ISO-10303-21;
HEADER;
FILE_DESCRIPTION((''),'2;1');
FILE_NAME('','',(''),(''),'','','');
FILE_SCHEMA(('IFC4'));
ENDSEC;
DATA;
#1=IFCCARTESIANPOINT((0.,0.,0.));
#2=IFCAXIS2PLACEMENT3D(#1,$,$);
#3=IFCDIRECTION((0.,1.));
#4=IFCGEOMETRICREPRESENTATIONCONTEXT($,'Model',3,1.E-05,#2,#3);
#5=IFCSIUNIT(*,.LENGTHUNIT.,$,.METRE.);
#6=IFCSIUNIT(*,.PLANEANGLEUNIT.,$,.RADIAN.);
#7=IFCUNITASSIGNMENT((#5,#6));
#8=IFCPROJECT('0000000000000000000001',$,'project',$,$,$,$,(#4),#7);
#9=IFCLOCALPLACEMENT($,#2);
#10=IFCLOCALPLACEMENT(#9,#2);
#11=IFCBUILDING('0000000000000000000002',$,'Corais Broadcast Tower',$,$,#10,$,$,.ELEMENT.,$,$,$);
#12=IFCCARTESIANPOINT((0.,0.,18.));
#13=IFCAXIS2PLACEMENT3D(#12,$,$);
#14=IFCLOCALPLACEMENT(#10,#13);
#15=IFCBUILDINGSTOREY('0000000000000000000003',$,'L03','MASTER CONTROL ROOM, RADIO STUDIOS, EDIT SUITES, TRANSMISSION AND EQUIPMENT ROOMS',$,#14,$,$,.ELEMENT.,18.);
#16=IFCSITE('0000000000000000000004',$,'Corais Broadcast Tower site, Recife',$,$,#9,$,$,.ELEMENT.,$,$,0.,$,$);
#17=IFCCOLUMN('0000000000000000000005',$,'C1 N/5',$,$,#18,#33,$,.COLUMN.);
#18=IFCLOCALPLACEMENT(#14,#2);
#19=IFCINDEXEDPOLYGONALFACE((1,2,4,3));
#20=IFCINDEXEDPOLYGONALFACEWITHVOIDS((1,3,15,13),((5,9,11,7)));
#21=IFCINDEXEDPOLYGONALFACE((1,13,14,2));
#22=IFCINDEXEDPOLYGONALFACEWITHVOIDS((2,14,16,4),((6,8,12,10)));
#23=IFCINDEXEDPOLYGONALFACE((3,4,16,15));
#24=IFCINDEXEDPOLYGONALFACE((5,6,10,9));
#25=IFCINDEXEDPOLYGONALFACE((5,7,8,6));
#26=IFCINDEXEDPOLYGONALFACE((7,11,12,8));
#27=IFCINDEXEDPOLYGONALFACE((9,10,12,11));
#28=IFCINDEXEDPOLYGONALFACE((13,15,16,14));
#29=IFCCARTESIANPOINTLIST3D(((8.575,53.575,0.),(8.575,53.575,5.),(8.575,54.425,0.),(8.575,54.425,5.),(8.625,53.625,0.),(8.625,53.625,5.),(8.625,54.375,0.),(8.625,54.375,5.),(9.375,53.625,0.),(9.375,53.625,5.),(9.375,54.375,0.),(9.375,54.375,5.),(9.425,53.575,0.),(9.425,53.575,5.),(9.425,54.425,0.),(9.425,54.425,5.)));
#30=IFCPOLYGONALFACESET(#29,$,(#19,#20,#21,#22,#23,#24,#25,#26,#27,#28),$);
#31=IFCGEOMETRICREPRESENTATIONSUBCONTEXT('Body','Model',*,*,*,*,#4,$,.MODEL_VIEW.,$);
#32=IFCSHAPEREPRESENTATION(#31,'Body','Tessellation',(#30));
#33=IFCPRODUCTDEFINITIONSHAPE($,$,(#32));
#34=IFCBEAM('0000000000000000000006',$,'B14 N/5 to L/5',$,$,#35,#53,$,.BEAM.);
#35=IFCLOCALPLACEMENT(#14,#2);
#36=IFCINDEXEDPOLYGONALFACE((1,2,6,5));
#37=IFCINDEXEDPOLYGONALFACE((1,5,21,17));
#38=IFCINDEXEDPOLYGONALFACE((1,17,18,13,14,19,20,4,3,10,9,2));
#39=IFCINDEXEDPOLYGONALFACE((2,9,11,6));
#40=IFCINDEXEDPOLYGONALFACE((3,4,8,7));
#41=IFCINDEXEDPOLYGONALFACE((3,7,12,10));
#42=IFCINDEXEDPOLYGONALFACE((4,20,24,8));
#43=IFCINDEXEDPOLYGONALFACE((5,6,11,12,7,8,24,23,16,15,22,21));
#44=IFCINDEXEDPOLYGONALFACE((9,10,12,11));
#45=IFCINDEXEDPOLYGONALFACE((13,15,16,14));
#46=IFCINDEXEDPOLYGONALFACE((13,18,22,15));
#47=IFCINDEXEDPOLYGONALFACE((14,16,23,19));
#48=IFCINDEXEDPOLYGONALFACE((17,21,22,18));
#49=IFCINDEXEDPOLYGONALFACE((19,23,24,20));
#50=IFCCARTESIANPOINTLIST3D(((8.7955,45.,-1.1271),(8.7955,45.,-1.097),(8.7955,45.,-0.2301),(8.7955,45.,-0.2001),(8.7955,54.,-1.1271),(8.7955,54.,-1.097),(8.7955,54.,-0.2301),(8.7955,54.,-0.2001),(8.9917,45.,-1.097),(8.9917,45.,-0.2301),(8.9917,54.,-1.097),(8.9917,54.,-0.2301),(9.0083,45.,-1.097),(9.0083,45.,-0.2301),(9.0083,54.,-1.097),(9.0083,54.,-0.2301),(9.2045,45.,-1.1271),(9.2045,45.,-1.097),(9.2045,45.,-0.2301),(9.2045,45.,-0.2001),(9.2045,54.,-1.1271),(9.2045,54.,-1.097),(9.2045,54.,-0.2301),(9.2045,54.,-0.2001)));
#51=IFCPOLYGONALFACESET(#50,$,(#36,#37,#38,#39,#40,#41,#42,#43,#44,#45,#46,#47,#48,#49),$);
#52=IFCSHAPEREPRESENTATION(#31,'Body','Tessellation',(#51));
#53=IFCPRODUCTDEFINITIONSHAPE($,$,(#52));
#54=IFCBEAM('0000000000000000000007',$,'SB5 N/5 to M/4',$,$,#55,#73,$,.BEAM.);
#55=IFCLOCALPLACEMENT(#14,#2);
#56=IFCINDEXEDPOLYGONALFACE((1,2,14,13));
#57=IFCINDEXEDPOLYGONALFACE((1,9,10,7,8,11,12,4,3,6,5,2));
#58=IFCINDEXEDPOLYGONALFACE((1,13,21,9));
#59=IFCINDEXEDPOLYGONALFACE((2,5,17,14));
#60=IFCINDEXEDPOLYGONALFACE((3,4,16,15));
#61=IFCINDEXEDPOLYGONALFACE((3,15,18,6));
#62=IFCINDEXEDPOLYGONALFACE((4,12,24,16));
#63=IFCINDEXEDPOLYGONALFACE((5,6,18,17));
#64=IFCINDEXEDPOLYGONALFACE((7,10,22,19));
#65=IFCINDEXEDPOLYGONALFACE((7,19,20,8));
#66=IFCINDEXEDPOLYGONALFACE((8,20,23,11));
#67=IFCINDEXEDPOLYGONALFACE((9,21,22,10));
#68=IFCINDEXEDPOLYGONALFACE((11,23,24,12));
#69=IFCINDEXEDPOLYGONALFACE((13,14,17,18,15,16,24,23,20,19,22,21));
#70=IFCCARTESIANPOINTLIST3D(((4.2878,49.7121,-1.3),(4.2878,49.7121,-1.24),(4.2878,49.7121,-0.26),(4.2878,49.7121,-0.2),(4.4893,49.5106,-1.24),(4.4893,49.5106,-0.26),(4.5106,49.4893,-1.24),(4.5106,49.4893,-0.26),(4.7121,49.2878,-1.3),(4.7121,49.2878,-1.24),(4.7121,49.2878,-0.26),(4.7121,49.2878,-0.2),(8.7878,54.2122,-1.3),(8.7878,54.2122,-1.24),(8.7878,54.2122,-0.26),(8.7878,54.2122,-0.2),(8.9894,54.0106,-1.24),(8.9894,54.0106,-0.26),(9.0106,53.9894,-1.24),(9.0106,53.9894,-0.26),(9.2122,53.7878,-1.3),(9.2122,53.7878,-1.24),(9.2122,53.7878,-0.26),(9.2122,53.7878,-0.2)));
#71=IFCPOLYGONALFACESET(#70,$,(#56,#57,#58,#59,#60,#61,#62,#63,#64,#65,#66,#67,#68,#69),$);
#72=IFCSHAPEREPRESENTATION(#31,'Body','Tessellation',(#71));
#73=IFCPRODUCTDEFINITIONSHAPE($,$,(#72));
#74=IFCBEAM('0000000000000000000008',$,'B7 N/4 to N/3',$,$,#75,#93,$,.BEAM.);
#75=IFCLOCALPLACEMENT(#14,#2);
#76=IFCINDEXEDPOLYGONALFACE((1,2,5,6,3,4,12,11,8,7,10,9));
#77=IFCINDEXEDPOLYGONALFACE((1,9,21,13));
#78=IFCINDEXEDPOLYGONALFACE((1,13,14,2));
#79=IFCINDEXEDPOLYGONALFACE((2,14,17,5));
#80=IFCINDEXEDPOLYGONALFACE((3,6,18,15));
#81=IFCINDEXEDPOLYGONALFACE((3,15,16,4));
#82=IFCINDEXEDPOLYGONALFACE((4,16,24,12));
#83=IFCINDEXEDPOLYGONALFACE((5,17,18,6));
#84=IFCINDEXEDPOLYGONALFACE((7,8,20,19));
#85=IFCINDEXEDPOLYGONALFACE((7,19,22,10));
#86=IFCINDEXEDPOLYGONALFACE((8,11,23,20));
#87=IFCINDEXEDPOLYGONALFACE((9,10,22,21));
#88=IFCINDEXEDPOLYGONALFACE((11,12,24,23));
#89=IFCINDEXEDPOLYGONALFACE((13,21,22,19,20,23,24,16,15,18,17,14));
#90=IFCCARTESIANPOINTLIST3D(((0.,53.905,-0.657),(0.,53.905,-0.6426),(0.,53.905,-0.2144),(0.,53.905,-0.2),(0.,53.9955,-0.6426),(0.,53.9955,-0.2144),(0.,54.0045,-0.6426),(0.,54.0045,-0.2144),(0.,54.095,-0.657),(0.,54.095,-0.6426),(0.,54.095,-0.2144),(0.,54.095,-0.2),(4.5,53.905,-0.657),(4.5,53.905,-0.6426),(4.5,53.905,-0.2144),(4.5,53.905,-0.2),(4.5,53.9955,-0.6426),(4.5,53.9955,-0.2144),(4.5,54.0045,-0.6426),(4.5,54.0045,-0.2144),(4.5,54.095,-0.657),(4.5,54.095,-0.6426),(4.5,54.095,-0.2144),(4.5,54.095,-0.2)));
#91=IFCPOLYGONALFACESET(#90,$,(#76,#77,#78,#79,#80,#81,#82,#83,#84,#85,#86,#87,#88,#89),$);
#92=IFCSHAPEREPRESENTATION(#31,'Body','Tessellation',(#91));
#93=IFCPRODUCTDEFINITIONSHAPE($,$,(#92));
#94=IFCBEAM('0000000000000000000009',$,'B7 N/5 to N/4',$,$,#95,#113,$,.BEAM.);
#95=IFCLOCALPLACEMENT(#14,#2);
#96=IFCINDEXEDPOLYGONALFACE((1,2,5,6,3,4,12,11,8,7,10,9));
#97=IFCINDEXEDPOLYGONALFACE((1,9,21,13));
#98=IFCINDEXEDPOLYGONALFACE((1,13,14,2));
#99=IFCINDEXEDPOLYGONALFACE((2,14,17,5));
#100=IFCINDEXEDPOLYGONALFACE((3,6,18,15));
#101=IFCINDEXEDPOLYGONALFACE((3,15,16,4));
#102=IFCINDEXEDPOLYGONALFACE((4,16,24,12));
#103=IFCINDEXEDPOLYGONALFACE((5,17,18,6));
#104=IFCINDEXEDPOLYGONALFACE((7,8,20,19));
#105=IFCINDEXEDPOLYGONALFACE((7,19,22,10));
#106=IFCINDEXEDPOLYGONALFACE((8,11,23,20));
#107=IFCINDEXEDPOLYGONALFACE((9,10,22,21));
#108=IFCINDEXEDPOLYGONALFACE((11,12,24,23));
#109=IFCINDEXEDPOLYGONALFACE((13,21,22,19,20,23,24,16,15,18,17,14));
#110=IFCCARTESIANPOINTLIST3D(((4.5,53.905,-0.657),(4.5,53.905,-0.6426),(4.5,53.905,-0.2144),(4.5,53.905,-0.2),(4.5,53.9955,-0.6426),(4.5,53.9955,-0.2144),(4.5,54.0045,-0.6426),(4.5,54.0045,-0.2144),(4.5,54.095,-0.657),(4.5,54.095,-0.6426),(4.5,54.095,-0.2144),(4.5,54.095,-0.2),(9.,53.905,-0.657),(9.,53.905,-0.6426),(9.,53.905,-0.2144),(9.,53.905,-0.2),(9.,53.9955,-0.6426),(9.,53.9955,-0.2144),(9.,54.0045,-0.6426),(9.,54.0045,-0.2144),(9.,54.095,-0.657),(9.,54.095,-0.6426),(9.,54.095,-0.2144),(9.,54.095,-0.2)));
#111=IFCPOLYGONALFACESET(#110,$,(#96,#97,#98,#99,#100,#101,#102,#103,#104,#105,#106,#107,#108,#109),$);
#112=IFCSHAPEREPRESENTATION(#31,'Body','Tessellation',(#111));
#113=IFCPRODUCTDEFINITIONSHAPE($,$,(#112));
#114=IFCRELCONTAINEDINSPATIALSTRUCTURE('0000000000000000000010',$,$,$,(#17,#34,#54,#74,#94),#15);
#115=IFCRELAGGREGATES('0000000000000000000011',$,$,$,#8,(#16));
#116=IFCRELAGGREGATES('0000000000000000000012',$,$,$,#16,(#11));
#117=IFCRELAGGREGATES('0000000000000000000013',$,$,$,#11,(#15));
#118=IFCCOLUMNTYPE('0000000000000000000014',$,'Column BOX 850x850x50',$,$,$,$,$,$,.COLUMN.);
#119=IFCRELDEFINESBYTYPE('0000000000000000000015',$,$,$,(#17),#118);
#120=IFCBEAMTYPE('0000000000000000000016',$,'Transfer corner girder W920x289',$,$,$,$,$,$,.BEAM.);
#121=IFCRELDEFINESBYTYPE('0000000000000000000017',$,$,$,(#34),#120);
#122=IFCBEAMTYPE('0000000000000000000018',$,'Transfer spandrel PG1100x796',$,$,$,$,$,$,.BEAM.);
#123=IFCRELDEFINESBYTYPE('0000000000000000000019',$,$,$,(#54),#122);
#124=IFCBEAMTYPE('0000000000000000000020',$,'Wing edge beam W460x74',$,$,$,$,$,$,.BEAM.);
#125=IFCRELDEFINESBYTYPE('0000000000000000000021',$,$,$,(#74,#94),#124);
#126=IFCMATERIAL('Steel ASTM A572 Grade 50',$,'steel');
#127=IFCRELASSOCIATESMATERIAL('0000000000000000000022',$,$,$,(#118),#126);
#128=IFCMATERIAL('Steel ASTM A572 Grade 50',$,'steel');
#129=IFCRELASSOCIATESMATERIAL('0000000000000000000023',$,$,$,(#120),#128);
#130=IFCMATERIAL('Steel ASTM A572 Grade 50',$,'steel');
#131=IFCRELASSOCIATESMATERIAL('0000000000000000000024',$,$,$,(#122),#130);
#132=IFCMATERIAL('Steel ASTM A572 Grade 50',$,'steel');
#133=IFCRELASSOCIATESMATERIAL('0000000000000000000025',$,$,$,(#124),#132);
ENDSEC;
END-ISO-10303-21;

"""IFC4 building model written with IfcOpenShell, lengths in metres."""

from ifc_helpers import new_model, si_unit, direction, frame, origin, origin_2d, place, context, subcontext, project, spatial, hollow_rectangle, i_section, extrude, material, material_profile, profile_set, type_object, element, save


model = new_model("IFC4")

# Units and contexts
model_context = context("Model", 3, precision=1e-05, world=origin(), true_north=direction((0.0, 1.0)))
body_context = subcontext(model_context, "Body", "Model", "MODEL_VIEW")
ifc_project = project(units=[si_unit("LENGTHUNIT", "METRE"), si_unit("PLANEANGLEUNIT", "RADIAN")], contexts=[model_context])

# Site, building, storey
site_placement = place(None, origin())
site = spatial("IfcSite", under=ifc_project, at=site_placement, Name="Corais Broadcast Tower site, Recife", CompositionType="ELEMENT", RefElevation=0.0)
building_placement = place(site_placement, origin())
building = spatial("IfcBuilding", under=site, at=building_placement, Name="Corais Broadcast Tower", CompositionType="ELEMENT")
storey_placement = place(building_placement, frame((0.0, 0.0, 18.0)))
storey = spatial("IfcBuildingStorey", under=building, at=storey_placement, Name="L03", Description="MASTER CONTROL ROOM, RADIO STUDIOS, EDIT SUITES, TRANSMISSION AND EQUIPMENT ROOMS", CompositionType="ELEMENT", Elevation=18.0)

# Column
ifc_material_1 = material(Name="Steel ASTM A572 Grade 50", Category="steel")
ifc_material_profile_1 = material_profile(ifc_material_1, hollow_rectangle(XDim=0.8501, YDim=0.8501, WallThickness=0.05, at=origin_2d()), Name="BOX 850x850x50")
ifc_profile_set_1 = profile_set([ifc_material_profile_1], Name="Steel ASTM A572 Grade 50")
column_type = type_object("IfcColumnType", Name="Column BOX 850x850x50", PredefinedType="COLUMN", material=ifc_profile_set_1)
column_placement = place(storey_placement, frame((9.0, 54.0, 0.0), z_axis=(0.0, 0.0, 1.0), x_axis=(1.0, 0.0, 0.0)))
element("IfcColumn", 1, at=column_placement, inside=storey, type_object=column_type, Name="C1 N/5", PredefinedType="COLUMN", context=body_context, shape_type="SweptSolid", body=[
    extrude(hollow_rectangle(XDim=0.8501, YDim=0.8501, WallThickness=0.05, at=origin_2d()), origin(), (0.0, 0.0, 1.0), 5.0),
])

# Beams
ifc_material_2 = material(Name="Steel ASTM A572 Grade 50", Category="steel")
ifc_material_profile_2 = material_profile(ifc_material_2, i_section(OverallWidth=0.4089, OverallDepth=0.927, WebThickness=0.0166, FlangeThickness=0.03, at=origin_2d()), Name="W920x289")
ifc_profile_set_2 = profile_set([ifc_material_profile_2], Name="Steel ASTM A572 Grade 50")
beam_type_1 = type_object("IfcBeamType", Name="Transfer corner girder W920x289", PredefinedType="BEAM", material=ifc_profile_set_2)
beam_1_placement = place(storey_placement, frame((9.0, 54.0, -0.6636), z_axis=(0.0, -1.0, 0.0), x_axis=(1.0, 0.0, 0.0)))
element("IfcBeam", 2, at=beam_1_placement, inside=storey, type_object=beam_type_1, Name="B14 N/5 to L/5", PredefinedType="BEAM", context=body_context, shape_type="SweptSolid", body=[
    extrude(i_section(OverallWidth=0.4089, OverallDepth=0.927, WebThickness=0.0166, FlangeThickness=0.03, at=origin_2d()), origin(), (0.0, 0.0, 1.0), 9.0),
])
ifc_material_3 = material(Name="Steel ASTM A572 Grade 50", Category="steel")
ifc_material_profile_3 = material_profile(ifc_material_3, i_section(OverallWidth=0.6001, OverallDepth=1.1001, WebThickness=0.03, FlangeThickness=0.0601, at=origin_2d()), Name="PG1100x796")
ifc_profile_set_3 = profile_set([ifc_material_profile_3], Name="Steel ASTM A572 Grade 50")
beam_type_2 = type_object("IfcBeamType", Name="Transfer spandrel PG1100x796", PredefinedType="BEAM", material=ifc_profile_set_3)
beam_2_placement = place(storey_placement, frame((9.0, 54.0, -0.75), z_axis=(-0.707107, -0.707107, 0.0), x_axis=(0.707107, -0.707107, 0.0)))
element("IfcBeam", 3, at=beam_2_placement, inside=storey, type_object=beam_type_2, Name="SB5 N/5 to M/4", PredefinedType="BEAM", context=body_context, shape_type="SweptSolid", body=[
    extrude(i_section(OverallWidth=0.6001, OverallDepth=1.1001, WebThickness=0.03, FlangeThickness=0.0601, at=origin_2d()), origin(), (0.0, 0.0, 1.0), 6.364),
])
ifc_material_4 = material(Name="Steel ASTM A572 Grade 50", Category="steel")
ifc_material_profile_4 = material_profile(ifc_material_4, i_section(OverallWidth=0.1899, OverallDepth=0.457, WebThickness=0.009, FlangeThickness=0.0144, at=origin_2d()), Name="W460x74")
ifc_profile_set_4 = profile_set([ifc_material_profile_4], Name="Steel ASTM A572 Grade 50")
beam_type_3 = type_object("IfcBeamType", Name="Wing edge beam W460x74", PredefinedType="BEAM", material=ifc_profile_set_4)
for number, where, z_axis, x_axis, name in (
    (4, (4.5, 54.0, -0.4285), (-1.0, 0.0, 0.0), (0.0, -1.0, 0.0), "B7 N/4 to N/3"),
    (5, (9.0, 54.0, -0.4285), (-1.0, 0.0, 0.0), (0.0, -1.0, 0.0), "B7 N/5 to N/4"),
):
    element("IfcBeam", number, at=place(storey_placement, frame(where, z_axis=z_axis, x_axis=x_axis)), inside=storey, type_object=beam_type_3, Name=name, PredefinedType="BEAM", context=body_context, shape_type="SweptSolid", body=[
        extrude(i_section(OverallWidth=0.1899, OverallDepth=0.457, WebThickness=0.009, FlangeThickness=0.0144, at=origin_2d()), origin(), (0.0, 0.0, 1.0), 4.5),
    ])

save(model, "model.ifc")
